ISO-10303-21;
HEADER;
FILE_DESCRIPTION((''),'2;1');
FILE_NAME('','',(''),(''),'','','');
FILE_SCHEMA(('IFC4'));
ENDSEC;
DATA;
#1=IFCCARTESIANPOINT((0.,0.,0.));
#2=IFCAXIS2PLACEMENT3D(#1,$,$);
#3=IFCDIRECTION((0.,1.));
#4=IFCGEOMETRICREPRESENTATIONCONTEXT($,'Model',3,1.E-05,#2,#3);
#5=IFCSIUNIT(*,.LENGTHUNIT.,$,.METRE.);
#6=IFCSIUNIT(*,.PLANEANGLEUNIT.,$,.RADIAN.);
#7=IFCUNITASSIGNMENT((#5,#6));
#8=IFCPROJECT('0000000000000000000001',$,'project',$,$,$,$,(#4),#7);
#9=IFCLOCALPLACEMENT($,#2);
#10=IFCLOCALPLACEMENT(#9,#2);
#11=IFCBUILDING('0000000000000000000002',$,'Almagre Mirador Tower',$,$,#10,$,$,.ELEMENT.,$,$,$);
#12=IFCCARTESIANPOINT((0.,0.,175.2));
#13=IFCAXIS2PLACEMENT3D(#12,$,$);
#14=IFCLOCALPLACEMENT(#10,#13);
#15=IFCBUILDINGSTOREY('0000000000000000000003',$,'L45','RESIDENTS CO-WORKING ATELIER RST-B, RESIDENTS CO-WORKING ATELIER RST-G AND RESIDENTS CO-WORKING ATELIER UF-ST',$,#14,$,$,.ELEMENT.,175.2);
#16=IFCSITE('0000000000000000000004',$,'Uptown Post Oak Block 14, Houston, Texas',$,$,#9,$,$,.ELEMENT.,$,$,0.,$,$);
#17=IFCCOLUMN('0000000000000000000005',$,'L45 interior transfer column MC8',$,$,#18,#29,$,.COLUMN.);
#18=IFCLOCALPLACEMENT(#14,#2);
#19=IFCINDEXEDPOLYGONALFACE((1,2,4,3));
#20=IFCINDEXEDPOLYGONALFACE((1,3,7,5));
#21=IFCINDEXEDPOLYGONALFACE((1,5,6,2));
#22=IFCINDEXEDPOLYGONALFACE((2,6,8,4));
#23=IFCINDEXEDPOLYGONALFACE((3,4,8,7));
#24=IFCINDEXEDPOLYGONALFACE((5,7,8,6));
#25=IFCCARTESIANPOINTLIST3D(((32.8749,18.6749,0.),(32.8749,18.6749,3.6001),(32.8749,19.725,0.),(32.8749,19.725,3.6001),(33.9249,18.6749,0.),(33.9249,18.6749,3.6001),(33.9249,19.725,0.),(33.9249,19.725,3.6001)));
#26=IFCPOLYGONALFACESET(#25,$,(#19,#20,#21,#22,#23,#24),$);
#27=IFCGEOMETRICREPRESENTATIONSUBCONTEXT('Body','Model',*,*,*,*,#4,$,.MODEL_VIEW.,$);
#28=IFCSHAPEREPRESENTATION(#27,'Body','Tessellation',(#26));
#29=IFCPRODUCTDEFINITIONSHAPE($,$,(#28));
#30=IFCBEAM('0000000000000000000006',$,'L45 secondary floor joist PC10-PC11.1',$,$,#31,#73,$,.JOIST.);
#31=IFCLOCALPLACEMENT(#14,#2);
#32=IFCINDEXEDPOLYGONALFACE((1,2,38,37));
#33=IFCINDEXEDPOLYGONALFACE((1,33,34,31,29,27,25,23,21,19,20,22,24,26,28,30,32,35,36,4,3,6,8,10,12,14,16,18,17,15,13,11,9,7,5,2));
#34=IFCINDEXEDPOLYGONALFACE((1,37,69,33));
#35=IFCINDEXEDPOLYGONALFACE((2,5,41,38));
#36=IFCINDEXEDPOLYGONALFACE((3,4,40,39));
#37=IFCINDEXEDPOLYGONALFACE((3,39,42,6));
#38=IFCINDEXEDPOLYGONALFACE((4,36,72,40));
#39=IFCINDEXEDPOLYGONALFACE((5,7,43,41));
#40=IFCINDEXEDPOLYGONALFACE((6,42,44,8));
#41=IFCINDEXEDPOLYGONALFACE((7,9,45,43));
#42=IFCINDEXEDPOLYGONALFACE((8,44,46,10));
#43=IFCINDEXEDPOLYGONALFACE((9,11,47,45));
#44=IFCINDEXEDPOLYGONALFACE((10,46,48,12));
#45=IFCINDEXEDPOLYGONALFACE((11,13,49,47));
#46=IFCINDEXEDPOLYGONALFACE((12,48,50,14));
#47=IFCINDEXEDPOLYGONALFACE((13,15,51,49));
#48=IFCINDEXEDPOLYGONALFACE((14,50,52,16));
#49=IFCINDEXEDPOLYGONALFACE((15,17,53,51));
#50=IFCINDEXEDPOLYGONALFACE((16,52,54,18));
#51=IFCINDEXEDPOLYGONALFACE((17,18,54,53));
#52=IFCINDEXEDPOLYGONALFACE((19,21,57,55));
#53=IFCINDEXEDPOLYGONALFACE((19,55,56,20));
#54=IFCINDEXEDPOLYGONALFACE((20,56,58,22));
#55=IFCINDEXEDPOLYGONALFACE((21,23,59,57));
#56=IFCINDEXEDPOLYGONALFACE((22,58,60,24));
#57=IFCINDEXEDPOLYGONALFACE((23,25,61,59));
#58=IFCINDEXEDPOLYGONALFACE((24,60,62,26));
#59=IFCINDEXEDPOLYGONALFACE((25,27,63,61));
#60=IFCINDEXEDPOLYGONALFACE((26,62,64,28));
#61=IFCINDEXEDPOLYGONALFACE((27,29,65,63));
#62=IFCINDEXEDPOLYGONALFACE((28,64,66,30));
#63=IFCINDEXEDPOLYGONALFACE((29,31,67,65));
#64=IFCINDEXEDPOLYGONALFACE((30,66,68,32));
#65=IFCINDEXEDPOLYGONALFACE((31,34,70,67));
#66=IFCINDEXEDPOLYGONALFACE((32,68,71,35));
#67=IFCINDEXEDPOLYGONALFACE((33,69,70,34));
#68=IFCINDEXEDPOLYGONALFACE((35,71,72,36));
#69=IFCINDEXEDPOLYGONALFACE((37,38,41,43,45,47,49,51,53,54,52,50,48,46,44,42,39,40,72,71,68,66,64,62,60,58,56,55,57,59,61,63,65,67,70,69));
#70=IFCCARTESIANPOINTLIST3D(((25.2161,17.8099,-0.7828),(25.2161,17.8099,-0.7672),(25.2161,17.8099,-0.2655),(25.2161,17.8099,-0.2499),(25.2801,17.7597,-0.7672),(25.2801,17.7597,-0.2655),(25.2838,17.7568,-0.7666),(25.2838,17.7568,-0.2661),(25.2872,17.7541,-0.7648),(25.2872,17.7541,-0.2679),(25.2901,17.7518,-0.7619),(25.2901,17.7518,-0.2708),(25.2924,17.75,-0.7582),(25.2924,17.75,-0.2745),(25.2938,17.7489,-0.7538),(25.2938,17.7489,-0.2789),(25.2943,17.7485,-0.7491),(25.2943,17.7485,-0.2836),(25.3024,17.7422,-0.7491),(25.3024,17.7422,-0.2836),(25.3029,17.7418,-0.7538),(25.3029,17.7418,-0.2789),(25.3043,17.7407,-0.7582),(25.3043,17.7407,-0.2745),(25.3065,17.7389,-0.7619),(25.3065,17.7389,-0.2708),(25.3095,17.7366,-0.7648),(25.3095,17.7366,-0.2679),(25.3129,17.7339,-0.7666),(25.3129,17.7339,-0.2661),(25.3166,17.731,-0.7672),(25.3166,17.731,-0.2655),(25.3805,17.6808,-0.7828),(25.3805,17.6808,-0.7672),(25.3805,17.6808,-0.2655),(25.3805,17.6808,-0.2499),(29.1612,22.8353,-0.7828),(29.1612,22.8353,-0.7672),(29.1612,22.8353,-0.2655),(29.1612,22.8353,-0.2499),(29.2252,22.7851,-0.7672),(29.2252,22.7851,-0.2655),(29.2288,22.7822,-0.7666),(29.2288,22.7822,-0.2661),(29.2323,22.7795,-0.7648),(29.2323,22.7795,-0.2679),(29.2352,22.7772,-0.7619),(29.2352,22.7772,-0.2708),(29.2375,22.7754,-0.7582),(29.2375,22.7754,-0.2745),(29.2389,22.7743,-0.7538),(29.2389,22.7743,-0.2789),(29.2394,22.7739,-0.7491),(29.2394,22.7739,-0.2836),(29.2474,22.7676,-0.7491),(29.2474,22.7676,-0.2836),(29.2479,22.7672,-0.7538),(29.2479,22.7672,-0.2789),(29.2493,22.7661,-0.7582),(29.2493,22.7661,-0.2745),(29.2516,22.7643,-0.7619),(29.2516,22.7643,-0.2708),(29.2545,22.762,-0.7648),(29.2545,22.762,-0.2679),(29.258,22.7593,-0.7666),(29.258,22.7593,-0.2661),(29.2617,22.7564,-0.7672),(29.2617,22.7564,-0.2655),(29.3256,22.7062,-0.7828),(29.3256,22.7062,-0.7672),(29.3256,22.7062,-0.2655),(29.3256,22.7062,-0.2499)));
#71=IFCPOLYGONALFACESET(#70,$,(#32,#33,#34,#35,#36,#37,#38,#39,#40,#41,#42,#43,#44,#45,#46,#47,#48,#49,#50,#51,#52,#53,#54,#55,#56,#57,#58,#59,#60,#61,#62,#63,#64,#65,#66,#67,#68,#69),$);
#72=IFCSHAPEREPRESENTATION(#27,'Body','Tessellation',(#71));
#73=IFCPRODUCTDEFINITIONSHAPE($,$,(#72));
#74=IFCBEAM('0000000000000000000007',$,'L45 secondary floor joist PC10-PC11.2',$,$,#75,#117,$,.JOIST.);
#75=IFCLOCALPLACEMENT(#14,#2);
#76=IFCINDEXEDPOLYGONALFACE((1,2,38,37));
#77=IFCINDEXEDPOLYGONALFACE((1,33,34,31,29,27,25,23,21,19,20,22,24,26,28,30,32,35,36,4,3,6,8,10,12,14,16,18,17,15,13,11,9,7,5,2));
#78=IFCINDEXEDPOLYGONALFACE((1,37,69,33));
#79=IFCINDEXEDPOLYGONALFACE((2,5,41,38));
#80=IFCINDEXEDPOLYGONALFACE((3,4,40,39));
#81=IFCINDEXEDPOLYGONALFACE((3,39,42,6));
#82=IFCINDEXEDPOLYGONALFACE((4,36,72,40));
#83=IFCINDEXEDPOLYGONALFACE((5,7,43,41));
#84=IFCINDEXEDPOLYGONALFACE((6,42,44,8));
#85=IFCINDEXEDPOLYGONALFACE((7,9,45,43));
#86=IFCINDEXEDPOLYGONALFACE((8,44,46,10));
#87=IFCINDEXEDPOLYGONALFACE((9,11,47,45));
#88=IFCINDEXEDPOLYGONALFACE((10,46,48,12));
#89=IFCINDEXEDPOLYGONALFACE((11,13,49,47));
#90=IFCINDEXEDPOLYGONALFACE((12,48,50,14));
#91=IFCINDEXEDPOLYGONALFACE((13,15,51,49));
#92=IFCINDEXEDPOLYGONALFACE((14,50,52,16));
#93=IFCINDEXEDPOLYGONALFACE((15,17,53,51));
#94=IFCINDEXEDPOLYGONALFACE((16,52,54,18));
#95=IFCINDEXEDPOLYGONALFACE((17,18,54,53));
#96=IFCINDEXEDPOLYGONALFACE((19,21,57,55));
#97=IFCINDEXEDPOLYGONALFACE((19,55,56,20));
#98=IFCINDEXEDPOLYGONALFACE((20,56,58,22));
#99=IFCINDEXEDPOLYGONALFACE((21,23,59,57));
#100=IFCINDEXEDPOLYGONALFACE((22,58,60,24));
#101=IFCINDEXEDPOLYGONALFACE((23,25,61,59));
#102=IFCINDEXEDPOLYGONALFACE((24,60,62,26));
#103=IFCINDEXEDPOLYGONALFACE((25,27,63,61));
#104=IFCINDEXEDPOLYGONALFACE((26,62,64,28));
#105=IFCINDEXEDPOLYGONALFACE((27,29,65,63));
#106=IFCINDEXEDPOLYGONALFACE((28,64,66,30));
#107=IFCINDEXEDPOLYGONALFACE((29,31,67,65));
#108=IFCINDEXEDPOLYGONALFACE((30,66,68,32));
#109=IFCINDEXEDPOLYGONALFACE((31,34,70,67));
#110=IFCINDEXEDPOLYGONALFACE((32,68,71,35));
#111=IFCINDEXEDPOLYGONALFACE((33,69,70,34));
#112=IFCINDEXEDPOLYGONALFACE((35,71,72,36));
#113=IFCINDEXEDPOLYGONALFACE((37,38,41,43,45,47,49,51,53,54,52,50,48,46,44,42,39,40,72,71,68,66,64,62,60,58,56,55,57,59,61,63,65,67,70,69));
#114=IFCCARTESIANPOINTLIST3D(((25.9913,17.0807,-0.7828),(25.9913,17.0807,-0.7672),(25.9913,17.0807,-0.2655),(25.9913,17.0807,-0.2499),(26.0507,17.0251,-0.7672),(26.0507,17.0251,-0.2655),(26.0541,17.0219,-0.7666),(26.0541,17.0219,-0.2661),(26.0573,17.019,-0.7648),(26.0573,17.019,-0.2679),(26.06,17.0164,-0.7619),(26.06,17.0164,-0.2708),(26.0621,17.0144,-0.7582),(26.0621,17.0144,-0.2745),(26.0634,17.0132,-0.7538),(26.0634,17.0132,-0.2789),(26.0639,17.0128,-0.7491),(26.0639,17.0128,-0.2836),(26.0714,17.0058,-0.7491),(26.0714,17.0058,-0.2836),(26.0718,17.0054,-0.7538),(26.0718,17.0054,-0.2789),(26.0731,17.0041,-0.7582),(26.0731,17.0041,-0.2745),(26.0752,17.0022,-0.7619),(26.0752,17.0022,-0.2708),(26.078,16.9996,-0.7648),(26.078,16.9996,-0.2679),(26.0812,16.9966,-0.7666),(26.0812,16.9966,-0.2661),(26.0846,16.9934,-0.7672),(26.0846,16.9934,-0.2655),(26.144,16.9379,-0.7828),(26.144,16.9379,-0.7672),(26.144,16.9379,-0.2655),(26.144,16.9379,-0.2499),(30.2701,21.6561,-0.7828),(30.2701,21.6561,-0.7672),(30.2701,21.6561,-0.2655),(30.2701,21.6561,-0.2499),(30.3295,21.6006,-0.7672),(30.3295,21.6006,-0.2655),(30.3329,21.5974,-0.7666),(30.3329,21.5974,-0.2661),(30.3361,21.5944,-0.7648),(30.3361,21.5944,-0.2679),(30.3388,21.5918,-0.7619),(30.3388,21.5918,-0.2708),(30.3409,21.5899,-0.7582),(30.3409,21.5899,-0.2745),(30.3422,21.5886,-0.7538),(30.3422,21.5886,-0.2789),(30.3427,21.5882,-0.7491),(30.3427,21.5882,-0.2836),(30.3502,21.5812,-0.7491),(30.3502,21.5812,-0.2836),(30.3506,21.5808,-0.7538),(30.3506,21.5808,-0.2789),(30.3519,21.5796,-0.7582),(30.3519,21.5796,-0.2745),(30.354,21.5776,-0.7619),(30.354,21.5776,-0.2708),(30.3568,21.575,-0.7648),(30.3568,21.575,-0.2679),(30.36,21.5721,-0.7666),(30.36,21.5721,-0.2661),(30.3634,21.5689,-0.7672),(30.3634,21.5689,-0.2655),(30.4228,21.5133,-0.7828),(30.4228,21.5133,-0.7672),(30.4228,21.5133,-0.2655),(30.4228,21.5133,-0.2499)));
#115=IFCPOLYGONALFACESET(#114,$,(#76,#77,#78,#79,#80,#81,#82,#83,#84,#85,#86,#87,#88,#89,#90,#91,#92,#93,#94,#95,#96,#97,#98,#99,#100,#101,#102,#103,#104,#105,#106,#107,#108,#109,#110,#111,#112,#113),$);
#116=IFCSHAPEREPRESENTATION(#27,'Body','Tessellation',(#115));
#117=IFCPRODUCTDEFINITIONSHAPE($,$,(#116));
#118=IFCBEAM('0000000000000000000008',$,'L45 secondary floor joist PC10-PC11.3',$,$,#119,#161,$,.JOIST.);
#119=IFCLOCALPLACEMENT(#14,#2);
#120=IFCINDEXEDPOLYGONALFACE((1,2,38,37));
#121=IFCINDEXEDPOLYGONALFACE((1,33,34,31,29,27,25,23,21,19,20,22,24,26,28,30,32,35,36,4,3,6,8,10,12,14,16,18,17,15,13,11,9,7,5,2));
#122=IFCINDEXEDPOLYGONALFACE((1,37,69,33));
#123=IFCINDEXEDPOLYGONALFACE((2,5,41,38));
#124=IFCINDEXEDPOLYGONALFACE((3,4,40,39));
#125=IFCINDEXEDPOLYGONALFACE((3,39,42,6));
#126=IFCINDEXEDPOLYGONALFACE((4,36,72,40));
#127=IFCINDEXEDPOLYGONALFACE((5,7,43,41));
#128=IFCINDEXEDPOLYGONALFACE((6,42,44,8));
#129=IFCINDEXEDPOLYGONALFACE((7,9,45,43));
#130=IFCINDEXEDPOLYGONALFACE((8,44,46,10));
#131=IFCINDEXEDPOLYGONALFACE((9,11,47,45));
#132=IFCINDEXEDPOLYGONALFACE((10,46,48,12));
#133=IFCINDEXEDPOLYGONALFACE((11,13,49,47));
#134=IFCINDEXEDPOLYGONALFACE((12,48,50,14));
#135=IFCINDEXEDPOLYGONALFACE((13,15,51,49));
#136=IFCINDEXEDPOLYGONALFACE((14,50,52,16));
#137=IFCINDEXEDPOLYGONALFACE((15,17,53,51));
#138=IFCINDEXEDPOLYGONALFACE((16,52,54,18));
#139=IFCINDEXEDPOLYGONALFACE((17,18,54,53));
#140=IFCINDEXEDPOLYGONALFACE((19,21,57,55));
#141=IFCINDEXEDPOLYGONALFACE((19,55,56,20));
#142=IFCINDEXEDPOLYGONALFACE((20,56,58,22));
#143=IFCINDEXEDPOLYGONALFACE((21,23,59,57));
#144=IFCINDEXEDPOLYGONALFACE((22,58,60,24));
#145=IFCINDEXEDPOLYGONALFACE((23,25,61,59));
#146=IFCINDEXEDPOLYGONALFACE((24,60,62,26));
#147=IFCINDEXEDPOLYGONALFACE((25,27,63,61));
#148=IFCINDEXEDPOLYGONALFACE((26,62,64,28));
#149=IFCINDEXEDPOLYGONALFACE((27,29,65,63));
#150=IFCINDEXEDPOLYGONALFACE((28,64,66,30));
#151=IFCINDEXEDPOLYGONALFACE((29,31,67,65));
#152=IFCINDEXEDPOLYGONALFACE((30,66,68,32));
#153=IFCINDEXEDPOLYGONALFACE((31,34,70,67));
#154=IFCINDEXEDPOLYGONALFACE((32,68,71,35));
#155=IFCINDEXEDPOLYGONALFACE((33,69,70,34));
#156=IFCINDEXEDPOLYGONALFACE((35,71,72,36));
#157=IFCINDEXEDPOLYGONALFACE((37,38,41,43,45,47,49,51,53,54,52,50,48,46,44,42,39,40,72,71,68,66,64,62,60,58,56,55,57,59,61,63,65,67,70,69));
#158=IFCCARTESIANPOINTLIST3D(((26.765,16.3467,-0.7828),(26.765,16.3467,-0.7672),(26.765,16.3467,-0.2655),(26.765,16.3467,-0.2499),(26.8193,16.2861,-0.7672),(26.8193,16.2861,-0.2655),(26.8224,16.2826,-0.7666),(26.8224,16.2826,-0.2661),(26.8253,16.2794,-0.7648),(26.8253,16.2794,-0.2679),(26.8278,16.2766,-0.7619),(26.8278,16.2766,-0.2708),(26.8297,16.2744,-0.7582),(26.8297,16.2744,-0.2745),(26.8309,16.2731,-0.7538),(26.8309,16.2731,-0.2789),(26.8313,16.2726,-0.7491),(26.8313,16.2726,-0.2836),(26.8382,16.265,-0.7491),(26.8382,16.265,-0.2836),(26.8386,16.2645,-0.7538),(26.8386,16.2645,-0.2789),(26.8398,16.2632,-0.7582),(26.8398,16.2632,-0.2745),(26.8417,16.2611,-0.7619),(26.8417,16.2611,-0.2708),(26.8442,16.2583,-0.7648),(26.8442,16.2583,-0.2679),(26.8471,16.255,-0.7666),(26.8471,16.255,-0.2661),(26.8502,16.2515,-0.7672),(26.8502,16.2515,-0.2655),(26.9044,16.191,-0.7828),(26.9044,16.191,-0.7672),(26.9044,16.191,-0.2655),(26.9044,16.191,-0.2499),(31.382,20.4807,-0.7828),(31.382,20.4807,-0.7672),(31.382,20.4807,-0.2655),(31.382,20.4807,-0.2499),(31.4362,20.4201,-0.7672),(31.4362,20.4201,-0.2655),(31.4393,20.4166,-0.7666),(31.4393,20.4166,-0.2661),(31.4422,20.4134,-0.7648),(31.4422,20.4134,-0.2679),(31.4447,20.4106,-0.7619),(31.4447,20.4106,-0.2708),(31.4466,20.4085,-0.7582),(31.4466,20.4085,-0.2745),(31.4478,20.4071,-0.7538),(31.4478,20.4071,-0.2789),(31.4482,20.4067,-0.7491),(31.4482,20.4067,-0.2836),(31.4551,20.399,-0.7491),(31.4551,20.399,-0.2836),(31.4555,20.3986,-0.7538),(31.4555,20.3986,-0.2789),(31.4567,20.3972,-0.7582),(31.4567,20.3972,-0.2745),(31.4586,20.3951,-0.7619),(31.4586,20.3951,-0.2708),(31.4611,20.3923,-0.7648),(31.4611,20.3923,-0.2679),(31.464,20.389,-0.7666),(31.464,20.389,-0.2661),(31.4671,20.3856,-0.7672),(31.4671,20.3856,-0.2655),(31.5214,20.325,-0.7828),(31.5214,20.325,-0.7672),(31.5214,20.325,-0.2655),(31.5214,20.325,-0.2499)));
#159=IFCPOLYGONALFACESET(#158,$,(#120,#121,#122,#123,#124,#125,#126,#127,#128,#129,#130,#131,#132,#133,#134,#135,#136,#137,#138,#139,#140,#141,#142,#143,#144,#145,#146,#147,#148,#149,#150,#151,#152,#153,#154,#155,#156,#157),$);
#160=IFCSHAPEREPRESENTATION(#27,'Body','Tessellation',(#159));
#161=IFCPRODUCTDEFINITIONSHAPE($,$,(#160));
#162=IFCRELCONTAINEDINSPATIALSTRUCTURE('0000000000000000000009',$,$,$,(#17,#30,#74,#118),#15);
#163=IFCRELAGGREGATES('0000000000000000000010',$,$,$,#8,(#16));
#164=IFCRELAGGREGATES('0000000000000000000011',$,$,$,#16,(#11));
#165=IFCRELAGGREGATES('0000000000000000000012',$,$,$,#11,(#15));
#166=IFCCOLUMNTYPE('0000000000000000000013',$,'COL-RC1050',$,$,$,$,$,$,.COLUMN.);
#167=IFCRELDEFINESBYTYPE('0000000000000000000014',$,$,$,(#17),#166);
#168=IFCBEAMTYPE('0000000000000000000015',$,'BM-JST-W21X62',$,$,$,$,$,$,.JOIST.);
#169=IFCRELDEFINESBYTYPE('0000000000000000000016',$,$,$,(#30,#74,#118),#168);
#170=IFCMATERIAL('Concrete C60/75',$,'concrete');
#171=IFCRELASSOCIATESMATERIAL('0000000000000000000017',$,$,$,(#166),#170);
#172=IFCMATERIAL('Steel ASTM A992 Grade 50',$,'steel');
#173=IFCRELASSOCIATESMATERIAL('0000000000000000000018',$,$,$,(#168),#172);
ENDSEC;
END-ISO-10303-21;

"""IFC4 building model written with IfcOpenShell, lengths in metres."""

from ifc_helpers import new_model, si_unit, direction, frame, origin, origin_2d, place, context, subcontext, project, spatial, rectangle, i_section, extrude, material, material_profile, profile_set, type_object, element, save


model = new_model("IFC4")

# Units and contexts
model_context = context("Model", 3, precision=1e-05, world=origin(), true_north=direction((0.0, 1.0)))
body_context = subcontext(model_context, "Body", "Model", "MODEL_VIEW")
ifc_project = project(units=[si_unit("LENGTHUNIT", "METRE"), si_unit("PLANEANGLEUNIT", "RADIAN")], contexts=[model_context])

# Site, building, storey
site_placement = place(None, origin())
site = spatial("IfcSite", under=ifc_project, at=site_placement, Name="Uptown Post Oak Block 14, Houston, Texas", CompositionType="ELEMENT", RefElevation=0.0)
building_placement = place(site_placement, origin())
building = spatial("IfcBuilding", under=site, at=building_placement, Name="Almagre Mirador Tower", CompositionType="ELEMENT")
storey_placement = place(building_placement, frame((0.0, 0.0, 175.2)))
storey = spatial("IfcBuildingStorey", under=building, at=storey_placement, Name="L45", Description="RESIDENTS CO-WORKING ATELIER RST-B, RESIDENTS CO-WORKING ATELIER RST-G AND RESIDENTS CO-WORKING ATELIER UF-ST", CompositionType="ELEMENT", Elevation=175.2)

# Column
ifc_material_1 = material(Name="Concrete C60/75", Category="concrete")
ifc_material_profile_1 = material_profile(ifc_material_1, rectangle(XDim=1.05, YDim=1.05, at=origin_2d()), Name="RC1050X1050")
ifc_profile_set_1 = profile_set([ifc_material_profile_1], Name="Concrete C60/75")
column_type = type_object("IfcColumnType", Name="COL-RC1050", PredefinedType="COLUMN", material=ifc_profile_set_1)
column_placement = place(storey_placement, frame((33.3999, 19.2, 0.0), z_axis=(0.0, 0.0, 1.0), x_axis=(1.0, 0.0, 0.0)))
element("IfcColumn", 1, at=column_placement, inside=storey, type_object=column_type, Name="L45 interior transfer column MC8", PredefinedType="COLUMN", context=body_context, shape_type="SweptSolid", body=[
    extrude(rectangle(XDim=1.05, YDim=1.05, at=origin_2d()), origin(), (0.0, 0.0, 1.0), 3.6001),
])

# Beams
ifc_material_2 = material(Name="Steel ASTM A992 Grade 50", Category="steel")
ifc_material_profile_2 = material_profile(ifc_material_2, i_section(OverallWidth=0.209, OverallDepth=0.533, WebThickness=0.0103, FlangeThickness=0.0156, FilletRadius=0.0181, at=origin_2d()), Name="W21X62")
ifc_profile_set_2 = profile_set([ifc_material_profile_2], Name="Steel ASTM A992 Grade 50")
beam_type_1 = type_object("IfcBeamType", Name="BM-JST-W21X62", PredefinedType="JOIST", material=ifc_profile_set_2)
beam_1_placement = place(storey_placement, frame((29.2434, 22.7708, -0.5164), z_axis=(-0.617487, -0.786581, 0.0), x_axis=(0.786581, -0.617487, 0.0)))
element("IfcBeam", 2, at=beam_1_placement, inside=storey, type_object=beam_type_1, Name="L45 secondary floor joist PC10-PC11.1", PredefinedType="JOIST", context=body_context, shape_type="SweptSolid", body=[
    extrude(i_section(OverallWidth=0.209, OverallDepth=0.533, WebThickness=0.0103, FlangeThickness=0.0156, FilletRadius=0.0181, at=origin_2d()), origin(), (0.0, 0.0, 1.0), 6.3889),
])
beam_2_placement = place(storey_placement, frame((30.3464, 21.5847, -0.5164), z_axis=(-0.683034, -0.730386, 0.0), x_axis=(0.730386, -0.683034, 0.0)))
element("IfcBeam", 3, at=beam_2_placement, inside=storey, type_object=beam_type_1, Name="L45 secondary floor joist PC10-PC11.2", PredefinedType="JOIST", context=body_context, shape_type="SweptSolid", body=[
    extrude(i_section(OverallWidth=0.209, OverallDepth=0.533, WebThickness=0.0103, FlangeThickness=0.0156, FilletRadius=0.0181, at=origin_2d()), origin(), (0.0, 0.0, 1.0), 6.2644),
])
beam_3_placement = place(storey_placement, frame((31.4517, 20.4028, -0.5164), z_axis=(-0.744994, -0.667071, 0.0), x_axis=(0.667071, -0.744994, 0.0)))
element("IfcBeam", 4, at=beam_3_placement, inside=storey, type_object=beam_type_1, Name="L45 secondary floor joist PC10-PC11.3", PredefinedType="JOIST", context=body_context, shape_type="SweptSolid", body=[
    extrude(i_section(OverallWidth=0.209, OverallDepth=0.533, WebThickness=0.0103, FlangeThickness=0.0156, FilletRadius=0.0181, at=origin_2d()), origin(), (0.0, 0.0, 1.0), 6.1973),
])

save(model, "model.ifc")
